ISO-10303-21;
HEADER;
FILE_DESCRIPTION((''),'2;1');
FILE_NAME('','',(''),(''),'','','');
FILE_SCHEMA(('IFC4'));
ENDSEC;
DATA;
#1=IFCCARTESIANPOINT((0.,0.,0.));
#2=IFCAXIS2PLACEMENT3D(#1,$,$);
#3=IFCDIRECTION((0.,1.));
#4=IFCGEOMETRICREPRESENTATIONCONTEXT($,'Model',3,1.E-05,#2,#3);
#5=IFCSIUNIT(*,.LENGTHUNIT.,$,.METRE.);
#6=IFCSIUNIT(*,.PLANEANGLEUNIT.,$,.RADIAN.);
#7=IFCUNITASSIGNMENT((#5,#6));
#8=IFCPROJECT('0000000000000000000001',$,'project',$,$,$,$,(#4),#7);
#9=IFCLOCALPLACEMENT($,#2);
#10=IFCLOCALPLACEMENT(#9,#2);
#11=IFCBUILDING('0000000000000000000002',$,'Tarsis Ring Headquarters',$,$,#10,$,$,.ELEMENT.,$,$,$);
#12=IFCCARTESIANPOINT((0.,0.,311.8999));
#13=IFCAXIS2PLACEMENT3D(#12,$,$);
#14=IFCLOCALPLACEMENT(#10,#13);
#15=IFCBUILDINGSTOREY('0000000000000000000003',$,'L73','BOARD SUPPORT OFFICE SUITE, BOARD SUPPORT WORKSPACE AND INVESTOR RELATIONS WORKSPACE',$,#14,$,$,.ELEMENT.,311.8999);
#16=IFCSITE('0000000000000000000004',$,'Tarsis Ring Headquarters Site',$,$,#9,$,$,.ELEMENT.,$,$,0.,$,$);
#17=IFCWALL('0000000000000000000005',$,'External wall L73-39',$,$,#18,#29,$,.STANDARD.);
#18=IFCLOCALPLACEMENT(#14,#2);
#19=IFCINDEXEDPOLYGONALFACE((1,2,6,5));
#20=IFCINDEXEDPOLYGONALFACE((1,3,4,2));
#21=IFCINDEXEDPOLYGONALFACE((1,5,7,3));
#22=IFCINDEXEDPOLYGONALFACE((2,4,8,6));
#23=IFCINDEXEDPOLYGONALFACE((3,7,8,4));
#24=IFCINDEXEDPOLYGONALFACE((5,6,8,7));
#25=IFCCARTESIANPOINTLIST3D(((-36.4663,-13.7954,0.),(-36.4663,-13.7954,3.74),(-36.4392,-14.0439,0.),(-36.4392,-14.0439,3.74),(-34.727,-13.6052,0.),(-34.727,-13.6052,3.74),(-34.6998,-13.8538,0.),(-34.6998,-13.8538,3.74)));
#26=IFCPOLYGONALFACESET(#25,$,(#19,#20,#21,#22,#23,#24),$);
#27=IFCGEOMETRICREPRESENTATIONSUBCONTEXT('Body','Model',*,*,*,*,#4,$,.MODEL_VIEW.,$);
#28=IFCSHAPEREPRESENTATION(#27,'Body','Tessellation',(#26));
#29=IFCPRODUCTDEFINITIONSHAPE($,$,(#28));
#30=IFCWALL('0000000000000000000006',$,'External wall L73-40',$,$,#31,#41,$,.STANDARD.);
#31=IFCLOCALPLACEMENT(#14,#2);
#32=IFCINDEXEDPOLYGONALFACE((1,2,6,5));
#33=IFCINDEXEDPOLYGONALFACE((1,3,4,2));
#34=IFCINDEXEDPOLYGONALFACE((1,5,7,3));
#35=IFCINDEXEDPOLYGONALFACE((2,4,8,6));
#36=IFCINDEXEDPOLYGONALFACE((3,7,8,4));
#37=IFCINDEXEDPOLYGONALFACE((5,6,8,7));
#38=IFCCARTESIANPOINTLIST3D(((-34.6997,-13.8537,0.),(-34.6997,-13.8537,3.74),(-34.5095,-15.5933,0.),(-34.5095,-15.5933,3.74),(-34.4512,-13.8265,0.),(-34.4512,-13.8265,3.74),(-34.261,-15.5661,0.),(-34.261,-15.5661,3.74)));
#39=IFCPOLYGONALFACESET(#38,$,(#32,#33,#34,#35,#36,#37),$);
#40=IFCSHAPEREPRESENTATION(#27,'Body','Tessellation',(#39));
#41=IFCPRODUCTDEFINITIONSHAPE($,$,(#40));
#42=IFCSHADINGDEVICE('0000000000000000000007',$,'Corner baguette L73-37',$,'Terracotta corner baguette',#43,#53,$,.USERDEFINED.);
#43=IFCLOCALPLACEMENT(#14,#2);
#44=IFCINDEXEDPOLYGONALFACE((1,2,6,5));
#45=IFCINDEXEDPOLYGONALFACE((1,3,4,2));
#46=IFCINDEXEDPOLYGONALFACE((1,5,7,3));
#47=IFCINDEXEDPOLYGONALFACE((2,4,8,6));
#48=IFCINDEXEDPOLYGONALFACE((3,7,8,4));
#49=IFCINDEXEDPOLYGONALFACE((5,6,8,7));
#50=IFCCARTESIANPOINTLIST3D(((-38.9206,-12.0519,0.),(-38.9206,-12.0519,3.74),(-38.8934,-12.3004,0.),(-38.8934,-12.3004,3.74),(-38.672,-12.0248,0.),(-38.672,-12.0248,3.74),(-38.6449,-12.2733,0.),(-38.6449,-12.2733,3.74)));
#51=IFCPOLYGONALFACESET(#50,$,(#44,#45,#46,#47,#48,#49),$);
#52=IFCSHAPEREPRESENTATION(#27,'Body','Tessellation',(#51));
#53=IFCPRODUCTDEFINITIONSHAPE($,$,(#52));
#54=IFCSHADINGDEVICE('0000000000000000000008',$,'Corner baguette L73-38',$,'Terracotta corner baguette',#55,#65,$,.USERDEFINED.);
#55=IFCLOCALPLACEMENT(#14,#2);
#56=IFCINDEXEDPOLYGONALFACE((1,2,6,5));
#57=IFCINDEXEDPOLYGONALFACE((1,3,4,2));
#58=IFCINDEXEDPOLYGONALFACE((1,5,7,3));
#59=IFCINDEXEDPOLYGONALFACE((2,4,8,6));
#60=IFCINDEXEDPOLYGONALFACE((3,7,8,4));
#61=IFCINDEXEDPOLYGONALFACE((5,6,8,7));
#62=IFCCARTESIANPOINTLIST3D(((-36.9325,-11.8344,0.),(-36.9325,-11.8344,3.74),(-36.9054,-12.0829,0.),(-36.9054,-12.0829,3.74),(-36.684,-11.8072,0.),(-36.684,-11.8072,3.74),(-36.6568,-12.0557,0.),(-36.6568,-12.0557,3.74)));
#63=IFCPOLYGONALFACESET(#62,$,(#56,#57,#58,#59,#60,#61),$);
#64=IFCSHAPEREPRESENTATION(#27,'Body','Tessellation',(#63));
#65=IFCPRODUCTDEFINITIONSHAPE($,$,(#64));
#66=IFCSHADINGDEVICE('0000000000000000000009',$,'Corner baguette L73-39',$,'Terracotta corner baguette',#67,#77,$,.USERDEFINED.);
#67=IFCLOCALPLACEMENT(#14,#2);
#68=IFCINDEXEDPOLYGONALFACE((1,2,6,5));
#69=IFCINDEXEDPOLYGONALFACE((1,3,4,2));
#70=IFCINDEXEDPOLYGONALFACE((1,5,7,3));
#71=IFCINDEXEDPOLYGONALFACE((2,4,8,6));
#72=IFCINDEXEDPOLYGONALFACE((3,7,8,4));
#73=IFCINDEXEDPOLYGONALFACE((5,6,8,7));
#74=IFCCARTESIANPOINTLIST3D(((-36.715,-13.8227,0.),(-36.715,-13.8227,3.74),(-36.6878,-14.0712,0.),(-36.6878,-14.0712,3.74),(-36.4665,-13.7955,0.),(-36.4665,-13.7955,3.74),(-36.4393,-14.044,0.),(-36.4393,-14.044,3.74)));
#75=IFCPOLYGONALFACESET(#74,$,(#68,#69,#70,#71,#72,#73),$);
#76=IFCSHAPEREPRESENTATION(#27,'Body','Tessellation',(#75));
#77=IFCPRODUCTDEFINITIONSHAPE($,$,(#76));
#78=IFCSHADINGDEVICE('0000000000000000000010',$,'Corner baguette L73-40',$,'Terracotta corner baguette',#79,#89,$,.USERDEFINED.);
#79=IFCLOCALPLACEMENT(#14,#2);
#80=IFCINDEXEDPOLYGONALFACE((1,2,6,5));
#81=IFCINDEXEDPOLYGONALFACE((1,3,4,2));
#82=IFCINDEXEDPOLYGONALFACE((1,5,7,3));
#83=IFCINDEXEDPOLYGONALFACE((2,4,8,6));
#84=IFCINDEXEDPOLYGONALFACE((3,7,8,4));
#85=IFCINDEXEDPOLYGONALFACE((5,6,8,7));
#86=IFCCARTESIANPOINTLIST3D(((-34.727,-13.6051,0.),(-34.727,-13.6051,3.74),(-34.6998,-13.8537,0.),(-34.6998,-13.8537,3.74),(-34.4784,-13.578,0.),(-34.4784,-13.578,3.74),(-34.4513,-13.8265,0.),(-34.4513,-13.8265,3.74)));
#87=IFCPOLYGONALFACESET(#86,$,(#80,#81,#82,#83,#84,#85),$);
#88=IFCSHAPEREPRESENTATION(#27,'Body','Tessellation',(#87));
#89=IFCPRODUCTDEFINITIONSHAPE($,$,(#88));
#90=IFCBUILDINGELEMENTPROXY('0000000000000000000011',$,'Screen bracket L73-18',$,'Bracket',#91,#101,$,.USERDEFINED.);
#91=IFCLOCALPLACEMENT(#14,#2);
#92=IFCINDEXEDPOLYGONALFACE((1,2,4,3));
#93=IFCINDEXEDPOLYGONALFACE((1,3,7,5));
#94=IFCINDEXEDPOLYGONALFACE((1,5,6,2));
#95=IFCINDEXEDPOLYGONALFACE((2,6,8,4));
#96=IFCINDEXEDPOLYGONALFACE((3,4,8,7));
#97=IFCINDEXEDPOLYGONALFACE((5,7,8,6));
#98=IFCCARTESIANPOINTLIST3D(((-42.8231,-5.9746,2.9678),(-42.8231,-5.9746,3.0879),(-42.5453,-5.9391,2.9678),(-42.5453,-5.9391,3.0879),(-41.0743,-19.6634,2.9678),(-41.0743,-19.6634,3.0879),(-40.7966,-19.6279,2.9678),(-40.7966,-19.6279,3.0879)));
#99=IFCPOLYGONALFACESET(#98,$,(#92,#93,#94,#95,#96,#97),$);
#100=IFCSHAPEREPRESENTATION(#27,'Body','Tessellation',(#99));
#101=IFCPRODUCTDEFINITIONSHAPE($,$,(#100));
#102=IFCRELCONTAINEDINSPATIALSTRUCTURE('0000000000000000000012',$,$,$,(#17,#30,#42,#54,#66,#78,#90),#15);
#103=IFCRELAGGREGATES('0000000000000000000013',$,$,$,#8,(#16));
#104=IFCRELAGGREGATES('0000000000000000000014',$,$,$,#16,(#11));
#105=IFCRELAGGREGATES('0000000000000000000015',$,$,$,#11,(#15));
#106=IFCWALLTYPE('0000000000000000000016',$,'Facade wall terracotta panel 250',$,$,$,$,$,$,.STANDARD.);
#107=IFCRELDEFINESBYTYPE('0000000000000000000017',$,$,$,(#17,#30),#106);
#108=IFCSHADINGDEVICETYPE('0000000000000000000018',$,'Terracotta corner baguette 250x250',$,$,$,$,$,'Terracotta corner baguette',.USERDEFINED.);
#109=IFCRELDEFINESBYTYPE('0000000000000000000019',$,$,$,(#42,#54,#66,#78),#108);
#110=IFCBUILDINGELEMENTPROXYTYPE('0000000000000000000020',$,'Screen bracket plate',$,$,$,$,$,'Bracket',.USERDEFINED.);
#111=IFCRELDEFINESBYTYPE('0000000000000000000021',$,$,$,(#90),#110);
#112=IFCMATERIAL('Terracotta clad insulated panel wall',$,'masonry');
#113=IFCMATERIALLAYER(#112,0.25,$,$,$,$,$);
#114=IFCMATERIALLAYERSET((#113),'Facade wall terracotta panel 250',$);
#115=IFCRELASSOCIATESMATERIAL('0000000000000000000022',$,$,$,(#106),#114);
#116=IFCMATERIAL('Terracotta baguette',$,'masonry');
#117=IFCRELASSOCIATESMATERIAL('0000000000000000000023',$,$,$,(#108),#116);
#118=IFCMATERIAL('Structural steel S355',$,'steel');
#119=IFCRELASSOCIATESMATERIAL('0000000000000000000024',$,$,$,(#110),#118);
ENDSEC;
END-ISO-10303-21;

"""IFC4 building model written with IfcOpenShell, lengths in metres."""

from ifc_helpers import new_model, si_unit, direction, frame, frame_2d, origin, origin_2d, place, context, subcontext, project, spatial, rectangle, extrude, material, layer, layer_set, type_object, element, save


model = new_model("IFC4")

# Units and contexts
model_context = context("Model", 3, precision=1e-05, world=origin(), true_north=direction((0.0, 1.0)))
body_context = subcontext(model_context, "Body", "Model", "MODEL_VIEW")
ifc_project = project(units=[si_unit("LENGTHUNIT", "METRE"), si_unit("PLANEANGLEUNIT", "RADIAN")], contexts=[model_context])

# Site, building, storey
site_placement = place(None, origin())
site = spatial("IfcSite", under=ifc_project, at=site_placement, Name="Tarsis Ring Headquarters Site", CompositionType="ELEMENT", RefElevation=0.0)
building_placement = place(site_placement, origin())
building = spatial("IfcBuilding", under=site, at=building_placement, Name="Tarsis Ring Headquarters", CompositionType="ELEMENT")
storey_placement = place(building_placement, frame((0.0, 0.0, 311.8999)))
storey = spatial("IfcBuildingStorey", under=building, at=storey_placement, Name="L73", Description="BOARD SUPPORT OFFICE SUITE, BOARD SUPPORT WORKSPACE AND INVESTOR RELATIONS WORKSPACE", CompositionType="ELEMENT", Elevation=311.8999)

# Shared definitions
ifc_material_1 = material(Name="Structural steel S355", Category="steel")

# Walls
ifc_material_2 = material(Name="Terracotta clad insulated panel wall", Category="masonry")
ifc_layer_1 = layer(ifc_material_2, 0.25)
ifc_layer_set_1 = layer_set([ifc_layer_1], Name="Facade wall terracotta panel 250")
wall_type_1 = type_object("IfcWallType", Name="Facade wall terracotta panel 250", PredefinedType="STANDARD", material=ifc_layer_set_1)
wall_1_placement = place(storey_placement, frame((-36.4529, -13.9197, 0.0), z_axis=(0.0, 0.0, 1.0), x_axis=(0.994076, 0.108686, 0.0)))
element("IfcWall", 1, at=wall_1_placement, inside=storey, type_object=wall_type_1, Name="External wall L73-39", PredefinedType="STANDARD", context=body_context, shape_type="SweptSolid", body=[
    extrude(rectangle(XDim=1.7498, YDim=0.25, at=frame_2d((0.875, 0.0))), origin(), (0.0, 0.0, 1.0), 3.74),
])
wall_2_placement = place(storey_placement, frame((-34.5754, -13.8401, 0.0), z_axis=(0.0, 0.0, 1.0), x_axis=(0.108671, -0.994078, 0.0)))
element("IfcWall", 2, at=wall_2_placement, inside=storey, type_object=wall_type_1, Name="External wall L73-40", PredefinedType="STANDARD", context=body_context, shape_type="SweptSolid", body=[
    extrude(rectangle(XDim=1.75, YDim=0.25, at=frame_2d((0.875, 0.0))), origin(), (0.0, 0.0, 1.0), 3.74),
])

# Shading devices
ifc_material_3 = material(Name="Terracotta baguette", Category="masonry")
shading_device_type_1 = type_object("IfcShadingDeviceType", Name="Terracotta corner baguette 250x250", ElementType="Terracotta corner baguette", PredefinedType="USERDEFINED", material=ifc_material_3)
for number, where, z_axis, x_axis, name in (
    (3, (-38.7827, -12.1626, 0.0), (0.0, 0.0, 1.0), (0.108693, -0.994075, 0.0), "Corner baguette L73-37"),
    (4, (-36.7947, -11.9451, 0.0), (0.0, 0.0, 1.0), (0.994075, 0.108693, 0.0), "Corner baguette L73-38"),
    (5, (-36.5771, -13.9333, 0.0), (0.0, 0.0, 1.0), (0.108693, -0.994075, 0.0), "Corner baguette L73-39"),
    (6, (-34.5891, -13.7158, 0.0), (0.0, 0.0, 1.0), (0.994075, 0.108693, 0.0), "Corner baguette L73-40"),
):
    element("IfcShadingDevice", number, at=place(storey_placement, frame(where, z_axis=z_axis, x_axis=x_axis)), inside=storey, type_object=shading_device_type_1, Name=name, ObjectType="Terracotta corner baguette", PredefinedType="USERDEFINED", context=body_context, shape_type="SweptSolid", body=[
        extrude(rectangle(XDim=0.25, YDim=0.25, at=origin_2d()), origin(), (0.0, 0.0, 1.0), 3.74),
    ])

# Building element proxy
building_element_proxy_type = type_object("IfcBuildingElementProxyType", Name="Screen bracket plate", ElementType="Bracket", PredefinedType="USERDEFINED", material=ifc_material_1)
proxy_placement = place(storey_placement, frame((-41.8098, -12.8013, 2.9678), z_axis=(0.0, 0.0, 1.0), x_axis=(0.126718, -0.991939, 0.0)))
element("IfcBuildingElementProxy", 7, at=proxy_placement, inside=storey, type_object=building_element_proxy_type, Name="Screen bracket L73-18", ObjectType="Bracket", PredefinedType="USERDEFINED", context=body_context, shape_type="SweptSolid", body=[
    extrude(rectangle(XDim=13.8, YDim=0.28, at=origin_2d()), origin(), (0.0, 0.0, 1.0), 0.1201),
])

save(model, "model.ifc")
